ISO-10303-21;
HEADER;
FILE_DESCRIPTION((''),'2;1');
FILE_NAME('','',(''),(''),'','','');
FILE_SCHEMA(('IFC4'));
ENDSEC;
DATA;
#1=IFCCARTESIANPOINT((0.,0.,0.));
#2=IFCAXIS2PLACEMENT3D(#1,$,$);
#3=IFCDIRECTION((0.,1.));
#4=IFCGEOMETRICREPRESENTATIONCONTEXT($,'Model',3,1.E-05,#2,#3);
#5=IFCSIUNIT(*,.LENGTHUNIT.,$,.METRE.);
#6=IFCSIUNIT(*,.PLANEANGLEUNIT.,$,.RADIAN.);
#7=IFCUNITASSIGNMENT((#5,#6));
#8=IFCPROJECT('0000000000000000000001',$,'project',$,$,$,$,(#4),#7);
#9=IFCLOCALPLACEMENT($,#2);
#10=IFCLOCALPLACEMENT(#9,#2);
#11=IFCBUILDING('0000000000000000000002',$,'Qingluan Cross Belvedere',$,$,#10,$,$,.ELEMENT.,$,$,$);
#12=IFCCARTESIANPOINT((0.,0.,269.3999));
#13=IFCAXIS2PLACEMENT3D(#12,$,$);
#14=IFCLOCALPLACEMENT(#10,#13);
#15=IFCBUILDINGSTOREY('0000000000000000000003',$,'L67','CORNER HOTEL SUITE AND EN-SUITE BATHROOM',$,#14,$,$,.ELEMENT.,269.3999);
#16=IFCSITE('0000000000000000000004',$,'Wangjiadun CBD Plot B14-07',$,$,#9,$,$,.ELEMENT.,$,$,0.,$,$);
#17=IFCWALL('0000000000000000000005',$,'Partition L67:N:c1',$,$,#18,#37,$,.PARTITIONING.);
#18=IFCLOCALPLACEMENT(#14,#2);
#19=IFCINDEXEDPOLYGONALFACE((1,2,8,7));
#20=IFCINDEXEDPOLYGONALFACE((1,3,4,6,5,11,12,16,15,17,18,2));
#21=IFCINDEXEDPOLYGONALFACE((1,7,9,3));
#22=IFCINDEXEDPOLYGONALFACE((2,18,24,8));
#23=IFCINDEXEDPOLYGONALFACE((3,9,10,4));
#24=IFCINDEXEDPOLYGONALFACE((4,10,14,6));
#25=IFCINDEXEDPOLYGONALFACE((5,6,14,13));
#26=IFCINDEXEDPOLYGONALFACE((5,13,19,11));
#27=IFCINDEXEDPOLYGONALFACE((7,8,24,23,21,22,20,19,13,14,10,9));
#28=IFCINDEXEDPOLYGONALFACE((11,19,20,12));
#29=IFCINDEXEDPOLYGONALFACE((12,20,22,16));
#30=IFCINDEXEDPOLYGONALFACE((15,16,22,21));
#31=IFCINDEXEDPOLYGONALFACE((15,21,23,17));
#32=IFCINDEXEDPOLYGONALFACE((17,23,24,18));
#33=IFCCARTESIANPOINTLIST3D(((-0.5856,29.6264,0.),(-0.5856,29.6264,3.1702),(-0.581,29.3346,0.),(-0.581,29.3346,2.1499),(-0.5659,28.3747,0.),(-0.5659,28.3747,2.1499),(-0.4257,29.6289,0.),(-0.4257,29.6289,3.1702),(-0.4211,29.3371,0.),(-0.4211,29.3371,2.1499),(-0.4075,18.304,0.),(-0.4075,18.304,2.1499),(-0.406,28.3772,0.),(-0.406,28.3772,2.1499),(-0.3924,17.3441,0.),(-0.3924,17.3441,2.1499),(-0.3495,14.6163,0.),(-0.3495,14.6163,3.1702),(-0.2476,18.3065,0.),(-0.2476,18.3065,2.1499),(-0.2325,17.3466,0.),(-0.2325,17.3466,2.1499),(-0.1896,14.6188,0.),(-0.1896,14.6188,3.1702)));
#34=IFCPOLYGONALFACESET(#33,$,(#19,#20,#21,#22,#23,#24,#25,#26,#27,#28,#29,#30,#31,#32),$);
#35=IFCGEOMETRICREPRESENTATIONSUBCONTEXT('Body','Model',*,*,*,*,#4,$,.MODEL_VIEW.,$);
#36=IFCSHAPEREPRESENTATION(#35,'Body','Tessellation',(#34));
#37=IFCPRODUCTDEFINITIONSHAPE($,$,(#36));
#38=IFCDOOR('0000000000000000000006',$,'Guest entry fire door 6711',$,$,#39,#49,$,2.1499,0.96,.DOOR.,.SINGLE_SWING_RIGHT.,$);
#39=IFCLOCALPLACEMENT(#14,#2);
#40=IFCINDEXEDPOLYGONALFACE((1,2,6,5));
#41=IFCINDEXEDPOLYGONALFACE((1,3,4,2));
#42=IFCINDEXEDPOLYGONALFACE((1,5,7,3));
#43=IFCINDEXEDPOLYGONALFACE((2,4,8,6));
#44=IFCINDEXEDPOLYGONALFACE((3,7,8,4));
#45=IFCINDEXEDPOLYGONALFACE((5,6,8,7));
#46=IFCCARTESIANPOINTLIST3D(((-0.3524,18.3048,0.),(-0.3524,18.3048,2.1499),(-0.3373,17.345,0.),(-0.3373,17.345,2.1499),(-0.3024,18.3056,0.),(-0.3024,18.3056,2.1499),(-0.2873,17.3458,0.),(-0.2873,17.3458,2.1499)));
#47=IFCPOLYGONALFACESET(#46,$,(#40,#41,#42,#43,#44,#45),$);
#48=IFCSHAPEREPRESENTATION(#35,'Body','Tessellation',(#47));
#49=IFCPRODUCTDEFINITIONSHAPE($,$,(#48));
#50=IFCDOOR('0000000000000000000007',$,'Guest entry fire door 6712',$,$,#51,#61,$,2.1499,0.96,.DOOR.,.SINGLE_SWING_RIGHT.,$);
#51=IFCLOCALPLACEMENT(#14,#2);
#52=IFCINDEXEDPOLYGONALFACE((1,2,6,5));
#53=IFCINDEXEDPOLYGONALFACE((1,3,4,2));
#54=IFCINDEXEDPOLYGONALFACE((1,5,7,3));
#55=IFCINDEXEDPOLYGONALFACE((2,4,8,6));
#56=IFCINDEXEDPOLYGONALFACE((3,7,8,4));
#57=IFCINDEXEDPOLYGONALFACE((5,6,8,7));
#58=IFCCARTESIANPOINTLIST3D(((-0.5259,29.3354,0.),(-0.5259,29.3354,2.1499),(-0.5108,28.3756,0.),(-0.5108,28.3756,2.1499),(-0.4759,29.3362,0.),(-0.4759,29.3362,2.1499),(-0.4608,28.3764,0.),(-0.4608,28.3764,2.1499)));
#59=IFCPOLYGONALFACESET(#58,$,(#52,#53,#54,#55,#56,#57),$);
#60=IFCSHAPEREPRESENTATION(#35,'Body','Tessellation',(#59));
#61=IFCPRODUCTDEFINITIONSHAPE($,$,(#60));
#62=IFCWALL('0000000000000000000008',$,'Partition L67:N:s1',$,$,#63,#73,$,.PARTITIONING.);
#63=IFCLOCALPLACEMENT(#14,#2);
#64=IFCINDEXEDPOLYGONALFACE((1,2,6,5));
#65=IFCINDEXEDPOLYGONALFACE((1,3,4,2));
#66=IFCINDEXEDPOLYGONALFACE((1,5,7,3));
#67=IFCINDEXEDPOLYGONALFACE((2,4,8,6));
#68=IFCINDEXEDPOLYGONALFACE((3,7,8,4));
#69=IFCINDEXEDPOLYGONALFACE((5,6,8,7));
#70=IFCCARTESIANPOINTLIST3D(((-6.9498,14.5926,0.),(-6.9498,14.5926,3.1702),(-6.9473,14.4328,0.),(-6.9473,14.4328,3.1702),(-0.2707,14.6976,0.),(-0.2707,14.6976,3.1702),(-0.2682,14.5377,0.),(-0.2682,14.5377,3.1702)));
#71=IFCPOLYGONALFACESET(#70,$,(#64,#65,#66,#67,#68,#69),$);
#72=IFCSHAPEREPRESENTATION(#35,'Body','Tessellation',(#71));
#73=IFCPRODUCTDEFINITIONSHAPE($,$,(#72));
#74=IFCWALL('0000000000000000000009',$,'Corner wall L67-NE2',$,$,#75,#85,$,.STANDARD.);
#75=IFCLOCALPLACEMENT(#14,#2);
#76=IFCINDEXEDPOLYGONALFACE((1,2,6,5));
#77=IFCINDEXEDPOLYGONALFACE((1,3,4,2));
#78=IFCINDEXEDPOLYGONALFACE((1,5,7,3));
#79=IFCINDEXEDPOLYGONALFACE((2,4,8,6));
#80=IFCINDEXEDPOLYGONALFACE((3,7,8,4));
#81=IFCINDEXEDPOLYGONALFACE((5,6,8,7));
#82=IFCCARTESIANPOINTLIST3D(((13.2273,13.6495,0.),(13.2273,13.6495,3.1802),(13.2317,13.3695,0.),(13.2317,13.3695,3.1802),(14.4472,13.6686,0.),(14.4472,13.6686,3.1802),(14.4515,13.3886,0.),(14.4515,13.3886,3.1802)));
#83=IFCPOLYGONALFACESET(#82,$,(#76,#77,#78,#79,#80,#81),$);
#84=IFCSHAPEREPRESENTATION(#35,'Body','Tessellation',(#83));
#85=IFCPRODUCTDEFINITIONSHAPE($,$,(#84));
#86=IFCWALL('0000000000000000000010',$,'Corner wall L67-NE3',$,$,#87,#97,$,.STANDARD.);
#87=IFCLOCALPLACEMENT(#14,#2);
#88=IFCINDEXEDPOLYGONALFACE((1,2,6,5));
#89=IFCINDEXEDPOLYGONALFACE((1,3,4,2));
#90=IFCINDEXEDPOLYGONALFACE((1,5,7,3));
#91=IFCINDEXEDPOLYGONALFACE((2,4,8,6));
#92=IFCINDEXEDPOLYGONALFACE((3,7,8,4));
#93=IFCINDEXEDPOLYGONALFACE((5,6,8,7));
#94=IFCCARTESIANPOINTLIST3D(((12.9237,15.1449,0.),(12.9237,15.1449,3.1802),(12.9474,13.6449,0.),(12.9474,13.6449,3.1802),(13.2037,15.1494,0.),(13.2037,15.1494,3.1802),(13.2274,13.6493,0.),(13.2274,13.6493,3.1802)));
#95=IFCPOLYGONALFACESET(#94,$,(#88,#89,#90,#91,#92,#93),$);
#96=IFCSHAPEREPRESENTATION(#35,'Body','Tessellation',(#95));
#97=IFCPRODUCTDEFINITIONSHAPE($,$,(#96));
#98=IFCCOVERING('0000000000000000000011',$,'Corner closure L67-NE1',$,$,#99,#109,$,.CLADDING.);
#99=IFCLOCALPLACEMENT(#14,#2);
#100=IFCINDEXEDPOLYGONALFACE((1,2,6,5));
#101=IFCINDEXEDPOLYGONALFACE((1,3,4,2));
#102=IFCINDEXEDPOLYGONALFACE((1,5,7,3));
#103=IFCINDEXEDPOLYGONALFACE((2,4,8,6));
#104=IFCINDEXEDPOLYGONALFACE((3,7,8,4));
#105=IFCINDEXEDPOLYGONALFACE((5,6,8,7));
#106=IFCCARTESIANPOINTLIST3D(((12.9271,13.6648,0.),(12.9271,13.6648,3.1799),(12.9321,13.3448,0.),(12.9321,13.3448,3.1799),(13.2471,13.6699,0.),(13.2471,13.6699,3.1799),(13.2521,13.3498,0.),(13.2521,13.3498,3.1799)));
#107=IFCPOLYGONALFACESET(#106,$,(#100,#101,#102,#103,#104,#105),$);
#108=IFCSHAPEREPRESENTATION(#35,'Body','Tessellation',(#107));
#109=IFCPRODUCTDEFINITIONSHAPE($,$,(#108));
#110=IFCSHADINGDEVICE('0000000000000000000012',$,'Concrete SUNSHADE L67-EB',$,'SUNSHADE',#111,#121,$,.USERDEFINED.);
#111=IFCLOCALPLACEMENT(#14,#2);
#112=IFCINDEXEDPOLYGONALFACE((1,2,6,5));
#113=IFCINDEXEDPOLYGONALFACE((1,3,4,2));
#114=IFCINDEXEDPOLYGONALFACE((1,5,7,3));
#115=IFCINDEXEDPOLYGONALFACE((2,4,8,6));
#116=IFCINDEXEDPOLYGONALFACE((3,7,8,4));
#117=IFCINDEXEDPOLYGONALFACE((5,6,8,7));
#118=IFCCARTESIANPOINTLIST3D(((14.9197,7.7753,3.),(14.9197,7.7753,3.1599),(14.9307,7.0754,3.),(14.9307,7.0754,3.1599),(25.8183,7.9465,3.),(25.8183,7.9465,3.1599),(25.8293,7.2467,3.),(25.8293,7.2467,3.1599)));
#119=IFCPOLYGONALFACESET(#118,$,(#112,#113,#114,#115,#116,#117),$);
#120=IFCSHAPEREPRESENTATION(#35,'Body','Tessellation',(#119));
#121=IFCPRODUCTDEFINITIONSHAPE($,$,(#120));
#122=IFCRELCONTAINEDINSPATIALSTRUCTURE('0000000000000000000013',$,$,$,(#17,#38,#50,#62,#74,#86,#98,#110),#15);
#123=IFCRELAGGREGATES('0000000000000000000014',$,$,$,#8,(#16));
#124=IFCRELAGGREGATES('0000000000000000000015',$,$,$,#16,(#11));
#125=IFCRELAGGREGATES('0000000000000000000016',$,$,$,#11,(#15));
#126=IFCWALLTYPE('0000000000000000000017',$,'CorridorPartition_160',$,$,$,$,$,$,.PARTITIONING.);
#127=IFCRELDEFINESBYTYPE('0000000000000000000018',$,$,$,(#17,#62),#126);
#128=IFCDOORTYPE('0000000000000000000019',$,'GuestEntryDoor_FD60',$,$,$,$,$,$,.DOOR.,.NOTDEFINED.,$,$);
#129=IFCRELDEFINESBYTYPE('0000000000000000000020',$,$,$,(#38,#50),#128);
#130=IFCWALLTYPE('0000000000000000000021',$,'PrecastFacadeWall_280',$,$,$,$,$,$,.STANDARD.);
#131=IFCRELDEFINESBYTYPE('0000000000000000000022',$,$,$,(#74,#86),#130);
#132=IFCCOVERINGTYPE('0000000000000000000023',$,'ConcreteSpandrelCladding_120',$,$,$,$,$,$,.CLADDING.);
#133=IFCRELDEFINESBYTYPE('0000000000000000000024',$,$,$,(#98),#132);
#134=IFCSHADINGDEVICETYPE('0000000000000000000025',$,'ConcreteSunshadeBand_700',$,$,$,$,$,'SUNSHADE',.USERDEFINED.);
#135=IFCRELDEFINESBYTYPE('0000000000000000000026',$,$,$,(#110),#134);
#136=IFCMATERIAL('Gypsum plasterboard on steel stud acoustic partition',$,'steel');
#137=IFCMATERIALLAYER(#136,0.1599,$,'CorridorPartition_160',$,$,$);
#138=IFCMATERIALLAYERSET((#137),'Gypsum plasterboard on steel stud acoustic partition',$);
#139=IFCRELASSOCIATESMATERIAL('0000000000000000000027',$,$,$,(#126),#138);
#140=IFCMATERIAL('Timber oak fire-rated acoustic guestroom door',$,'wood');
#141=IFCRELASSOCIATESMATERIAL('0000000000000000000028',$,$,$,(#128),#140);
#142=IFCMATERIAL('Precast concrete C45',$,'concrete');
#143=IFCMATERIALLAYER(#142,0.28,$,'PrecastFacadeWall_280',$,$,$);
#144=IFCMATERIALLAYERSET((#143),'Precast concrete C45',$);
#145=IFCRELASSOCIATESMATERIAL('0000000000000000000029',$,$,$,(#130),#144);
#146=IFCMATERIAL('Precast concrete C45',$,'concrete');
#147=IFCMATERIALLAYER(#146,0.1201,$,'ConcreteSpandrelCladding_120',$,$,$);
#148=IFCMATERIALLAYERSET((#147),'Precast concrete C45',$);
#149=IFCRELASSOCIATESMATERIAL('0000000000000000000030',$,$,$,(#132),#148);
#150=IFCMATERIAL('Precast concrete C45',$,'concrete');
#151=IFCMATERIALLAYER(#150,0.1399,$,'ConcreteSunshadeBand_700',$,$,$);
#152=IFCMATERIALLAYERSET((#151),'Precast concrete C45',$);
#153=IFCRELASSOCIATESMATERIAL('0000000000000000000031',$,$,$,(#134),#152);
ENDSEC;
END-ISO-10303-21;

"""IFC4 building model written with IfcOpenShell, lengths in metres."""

from ifc_helpers import new_model, si_unit, direction, frame, frame_2d, origin, origin_2d, place, context, subcontext, project, spatial, rectangle, extrude, material, layer, layer_set, type_object, element, fill, save


model = new_model("IFC4")

# Units and contexts
model_context = context("Model", 3, precision=1e-05, world=origin(), true_north=direction((0.0, 1.0)))
body_context = subcontext(model_context, "Body", "Model", "MODEL_VIEW")
ifc_project = project(units=[si_unit("LENGTHUNIT", "METRE"), si_unit("PLANEANGLEUNIT", "RADIAN")], contexts=[model_context])

# Site, building, storey
site_placement = place(None, origin())
site = spatial("IfcSite", under=ifc_project, at=site_placement, Name="Wangjiadun CBD Plot B14-07", CompositionType="ELEMENT", RefElevation=0.0)
building_placement = place(site_placement, origin())
building = spatial("IfcBuilding", under=site, at=building_placement, Name="Qingluan Cross Belvedere", CompositionType="ELEMENT")
storey_placement = place(building_placement, frame((0.0, 0.0, 269.3999)))
storey = spatial("IfcBuildingStorey", under=building, at=storey_placement, Name="L67", Description="CORNER HOTEL SUITE AND EN-SUITE BATHROOM", CompositionType="ELEMENT", Elevation=269.3999)

# Shared definitions
ifc_material_1 = material(Name="Gypsum plasterboard on steel stud acoustic partition", Category="steel")
ifc_layer_1 = layer(ifc_material_1, 0.1599, Name="CorridorPartition_160")
ifc_layer_set_1 = layer_set([ifc_layer_1], Name="Gypsum plasterboard on steel stud acoustic partition")
wall_type_1 = type_object("IfcWallType", Name="CorridorPartition_160", PredefinedType="PARTITIONING", material=ifc_layer_set_1)
ifc_material_2 = material(Name="Timber oak fire-rated acoustic guestroom door", Category="wood")
door_type = type_object("IfcDoorType", Name="GuestEntryDoor_FD60", OperationType="NOTDEFINED", PredefinedType="DOOR", material=ifc_material_2)

# Wall, openings, doors
wall_1_placement = place(storey_placement, frame((-0.2695, 14.6177, 0.0), z_axis=(0.0, 0.0, 1.0), x_axis=(-0.015726, 0.999876, 0.0)))
wall_1 = element("IfcWall", 1, at=wall_1_placement, inside=storey, type_object=wall_type_1, Name="Partition L67:N:c1", PredefinedType="PARTITIONING", context=body_context, shape_type="SweptSolid", body=[
    extrude(rectangle(XDim=15.012, YDim=0.1599, at=frame_2d((7.5059, 0.0))), origin(), (0.0, 0.0, 1.0), 3.1702),
])
opening_1_placement = place(wall_1_placement, frame((2.728, 0.0, 0.0)))
opening_1 = element("IfcOpeningElement", 2, at=opening_1_placement, cuts=wall_1, PredefinedType="OPENING", context=body_context, shape_type="SweptSolid", body=[
    extrude(rectangle(XDim=0.96, YDim=2.1499, at=frame_2d((0.48, 1.075))), frame((0.0, 0.0898, 0.0), z_axis=(0.0, -1.0, 0.0), x_axis=(1.0, 0.0, 0.0)), (0.0, 0.0, 1.0), 0.1799),
])
opening_2_placement = place(wall_1_placement, frame((13.76, 0.0, 0.0)))
opening_2 = element("IfcOpeningElement", 3, at=opening_2_placement, cuts=wall_1, PredefinedType="OPENING", context=body_context, shape_type="SweptSolid", body=[
    extrude(rectangle(XDim=0.96, YDim=2.1499, at=frame_2d((0.48, 1.075))), frame((0.0, 0.0898, 0.0), z_axis=(0.0, -1.0, 0.0), x_axis=(1.0, 0.0, 0.0)), (0.0, 0.0, 1.0), 0.1799),
])
door_1_placement = place(opening_1_placement, origin())
door_1 = element("IfcDoor", 4, at=door_1_placement, inside=storey, type_object=door_type, Name="Guest entry fire door 6711", OperationType="SINGLE_SWING_RIGHT", OverallHeight=2.1499, OverallWidth=0.96, PredefinedType="DOOR", context=body_context, shape_type="SweptSolid", body=[
    extrude(rectangle(XDim=0.96, YDim=2.1499, at=frame_2d((0.48, 1.075))), frame((0.0, 0.0249, 0.0), z_axis=(0.0, -1.0, 0.0), x_axis=(1.0, 0.0, 0.0)), (0.0, 0.0, 1.0), 0.05),
])
fill(opening_1, door_1)
door_2_placement = place(opening_2_placement, origin())
door_2 = element("IfcDoor", 5, at=door_2_placement, inside=storey, type_object=door_type, Name="Guest entry fire door 6712", OperationType="SINGLE_SWING_RIGHT", OverallHeight=2.1499, OverallWidth=0.96, PredefinedType="DOOR", context=body_context, shape_type="SweptSolid", body=[
    extrude(rectangle(XDim=0.96, YDim=2.1499, at=frame_2d((0.48, 1.075))), frame((0.0, 0.0249, 0.0), z_axis=(0.0, -1.0, 0.0), x_axis=(1.0, 0.0, 0.0)), (0.0, 0.0, 1.0), 0.05),
])
fill(opening_2, door_2)

# Walls
wall_2_placement = place(storey_placement, frame((-0.2695, 14.6177, 0.0), z_axis=(0.0, 0.0, 1.0), x_axis=(-0.999877, -0.015716, 0.0)))
element("IfcWall", 6, at=wall_2_placement, inside=storey, type_object=wall_type_1, Name="Partition L67:N:s1", PredefinedType="PARTITIONING", context=body_context, shape_type="SweptSolid", body=[
    extrude(rectangle(XDim=6.6799, YDim=0.1599, at=frame_2d((3.3398, 0.0))), origin(), (0.0, 0.0, 1.0), 3.1702),
])
ifc_material_3 = material(Name="Precast concrete C45", Category="concrete")
ifc_layer_2 = layer(ifc_material_3, 0.28, Name="PrecastFacadeWall_280")
ifc_layer_set_2 = layer_set([ifc_layer_2], Name="Precast concrete C45")
wall_type_2 = type_object("IfcWallType", Name="PrecastFacadeWall_280", PredefinedType="STANDARD", material=ifc_layer_set_2)
wall_3_placement = place(storey_placement, frame((14.4492, 13.5286, 0.0), z_axis=(0.0, 0.0, 1.0), x_axis=(-0.999878, -0.015611, 0.0)))
element("IfcWall", 7, at=wall_3_placement, inside=storey, type_object=wall_type_2, Name="Corner wall L67-NE2", PredefinedType="STANDARD", context=body_context, shape_type="SweptSolid", body=[
    extrude(rectangle(XDim=1.22, YDim=0.28, at=frame_2d((0.6099, 0.0))), origin(), (0.0, 0.0, 1.0), 3.1802),
])
wall_4_placement = place(storey_placement, frame((13.0874, 13.6472, 0.0), z_axis=(0.0, 0.0, 1.0), x_axis=(-0.015786, 0.999875, 0.0)))
element("IfcWall", 8, at=wall_4_placement, inside=storey, type_object=wall_type_2, Name="Corner wall L67-NE3", PredefinedType="STANDARD", context=body_context, shape_type="SweptSolid", body=[
    extrude(rectangle(XDim=1.5002, YDim=0.28, at=frame_2d((0.75, 0.0))), origin(), (0.0, 0.0, 1.0), 3.1802),
])

# Covering
ifc_material_4 = material(Name="Precast concrete C45", Category="concrete")
ifc_layer_3 = layer(ifc_material_4, 0.1201, Name="ConcreteSpandrelCladding_120")
ifc_layer_set_3 = layer_set([ifc_layer_3], Name="Precast concrete C45")
covering_type = type_object("IfcCoveringType", Name="ConcreteSpandrelCladding_120", PredefinedType="CLADDING", material=ifc_layer_set_3)
covering_placement = place(storey_placement, frame((13.0896, 13.5073, 0.0), z_axis=(0.0, 0.0, 1.0), x_axis=(0.999877, 0.015707, 0.0)))
element("IfcCovering", 9, at=covering_placement, inside=storey, type_object=covering_type, Name="Corner closure L67-NE1", PredefinedType="CLADDING", context=body_context, shape_type="SweptSolid", body=[
    extrude(rectangle(XDim=0.3201, YDim=0.3201, at=origin_2d()), origin(), (0.0, 0.0, 1.0), 3.1799),
])

# Shading device
ifc_material_5 = material(Name="Precast concrete C45", Category="concrete")
ifc_layer_4 = layer(ifc_material_5, 0.1399, Name="ConcreteSunshadeBand_700")
ifc_layer_set_4 = layer_set([ifc_layer_4], Name="Precast concrete C45")
shading_device_type = type_object("IfcShadingDeviceType", Name="ConcreteSunshadeBand_700", ElementType="SUNSHADE", PredefinedType="USERDEFINED", material=ifc_layer_set_4)
shading_device_placement = place(storey_placement, frame((20.3745, 7.511, 3.0), z_axis=(0.0, 0.0, 1.0), x_axis=(-0.999877, -0.015712, 0.0)))
element("IfcShadingDevice", 10, at=shading_device_placement, inside=storey, type_object=shading_device_type, Name="Concrete SUNSHADE L67-EB", ObjectType="SUNSHADE", PredefinedType="USERDEFINED", context=body_context, shape_type="SweptSolid", body=[
    extrude(rectangle(XDim=10.8999, YDim=0.7, at=origin_2d()), origin(), (0.0, 0.0, 1.0), 0.1599),
])

save(model, "model.ifc")
